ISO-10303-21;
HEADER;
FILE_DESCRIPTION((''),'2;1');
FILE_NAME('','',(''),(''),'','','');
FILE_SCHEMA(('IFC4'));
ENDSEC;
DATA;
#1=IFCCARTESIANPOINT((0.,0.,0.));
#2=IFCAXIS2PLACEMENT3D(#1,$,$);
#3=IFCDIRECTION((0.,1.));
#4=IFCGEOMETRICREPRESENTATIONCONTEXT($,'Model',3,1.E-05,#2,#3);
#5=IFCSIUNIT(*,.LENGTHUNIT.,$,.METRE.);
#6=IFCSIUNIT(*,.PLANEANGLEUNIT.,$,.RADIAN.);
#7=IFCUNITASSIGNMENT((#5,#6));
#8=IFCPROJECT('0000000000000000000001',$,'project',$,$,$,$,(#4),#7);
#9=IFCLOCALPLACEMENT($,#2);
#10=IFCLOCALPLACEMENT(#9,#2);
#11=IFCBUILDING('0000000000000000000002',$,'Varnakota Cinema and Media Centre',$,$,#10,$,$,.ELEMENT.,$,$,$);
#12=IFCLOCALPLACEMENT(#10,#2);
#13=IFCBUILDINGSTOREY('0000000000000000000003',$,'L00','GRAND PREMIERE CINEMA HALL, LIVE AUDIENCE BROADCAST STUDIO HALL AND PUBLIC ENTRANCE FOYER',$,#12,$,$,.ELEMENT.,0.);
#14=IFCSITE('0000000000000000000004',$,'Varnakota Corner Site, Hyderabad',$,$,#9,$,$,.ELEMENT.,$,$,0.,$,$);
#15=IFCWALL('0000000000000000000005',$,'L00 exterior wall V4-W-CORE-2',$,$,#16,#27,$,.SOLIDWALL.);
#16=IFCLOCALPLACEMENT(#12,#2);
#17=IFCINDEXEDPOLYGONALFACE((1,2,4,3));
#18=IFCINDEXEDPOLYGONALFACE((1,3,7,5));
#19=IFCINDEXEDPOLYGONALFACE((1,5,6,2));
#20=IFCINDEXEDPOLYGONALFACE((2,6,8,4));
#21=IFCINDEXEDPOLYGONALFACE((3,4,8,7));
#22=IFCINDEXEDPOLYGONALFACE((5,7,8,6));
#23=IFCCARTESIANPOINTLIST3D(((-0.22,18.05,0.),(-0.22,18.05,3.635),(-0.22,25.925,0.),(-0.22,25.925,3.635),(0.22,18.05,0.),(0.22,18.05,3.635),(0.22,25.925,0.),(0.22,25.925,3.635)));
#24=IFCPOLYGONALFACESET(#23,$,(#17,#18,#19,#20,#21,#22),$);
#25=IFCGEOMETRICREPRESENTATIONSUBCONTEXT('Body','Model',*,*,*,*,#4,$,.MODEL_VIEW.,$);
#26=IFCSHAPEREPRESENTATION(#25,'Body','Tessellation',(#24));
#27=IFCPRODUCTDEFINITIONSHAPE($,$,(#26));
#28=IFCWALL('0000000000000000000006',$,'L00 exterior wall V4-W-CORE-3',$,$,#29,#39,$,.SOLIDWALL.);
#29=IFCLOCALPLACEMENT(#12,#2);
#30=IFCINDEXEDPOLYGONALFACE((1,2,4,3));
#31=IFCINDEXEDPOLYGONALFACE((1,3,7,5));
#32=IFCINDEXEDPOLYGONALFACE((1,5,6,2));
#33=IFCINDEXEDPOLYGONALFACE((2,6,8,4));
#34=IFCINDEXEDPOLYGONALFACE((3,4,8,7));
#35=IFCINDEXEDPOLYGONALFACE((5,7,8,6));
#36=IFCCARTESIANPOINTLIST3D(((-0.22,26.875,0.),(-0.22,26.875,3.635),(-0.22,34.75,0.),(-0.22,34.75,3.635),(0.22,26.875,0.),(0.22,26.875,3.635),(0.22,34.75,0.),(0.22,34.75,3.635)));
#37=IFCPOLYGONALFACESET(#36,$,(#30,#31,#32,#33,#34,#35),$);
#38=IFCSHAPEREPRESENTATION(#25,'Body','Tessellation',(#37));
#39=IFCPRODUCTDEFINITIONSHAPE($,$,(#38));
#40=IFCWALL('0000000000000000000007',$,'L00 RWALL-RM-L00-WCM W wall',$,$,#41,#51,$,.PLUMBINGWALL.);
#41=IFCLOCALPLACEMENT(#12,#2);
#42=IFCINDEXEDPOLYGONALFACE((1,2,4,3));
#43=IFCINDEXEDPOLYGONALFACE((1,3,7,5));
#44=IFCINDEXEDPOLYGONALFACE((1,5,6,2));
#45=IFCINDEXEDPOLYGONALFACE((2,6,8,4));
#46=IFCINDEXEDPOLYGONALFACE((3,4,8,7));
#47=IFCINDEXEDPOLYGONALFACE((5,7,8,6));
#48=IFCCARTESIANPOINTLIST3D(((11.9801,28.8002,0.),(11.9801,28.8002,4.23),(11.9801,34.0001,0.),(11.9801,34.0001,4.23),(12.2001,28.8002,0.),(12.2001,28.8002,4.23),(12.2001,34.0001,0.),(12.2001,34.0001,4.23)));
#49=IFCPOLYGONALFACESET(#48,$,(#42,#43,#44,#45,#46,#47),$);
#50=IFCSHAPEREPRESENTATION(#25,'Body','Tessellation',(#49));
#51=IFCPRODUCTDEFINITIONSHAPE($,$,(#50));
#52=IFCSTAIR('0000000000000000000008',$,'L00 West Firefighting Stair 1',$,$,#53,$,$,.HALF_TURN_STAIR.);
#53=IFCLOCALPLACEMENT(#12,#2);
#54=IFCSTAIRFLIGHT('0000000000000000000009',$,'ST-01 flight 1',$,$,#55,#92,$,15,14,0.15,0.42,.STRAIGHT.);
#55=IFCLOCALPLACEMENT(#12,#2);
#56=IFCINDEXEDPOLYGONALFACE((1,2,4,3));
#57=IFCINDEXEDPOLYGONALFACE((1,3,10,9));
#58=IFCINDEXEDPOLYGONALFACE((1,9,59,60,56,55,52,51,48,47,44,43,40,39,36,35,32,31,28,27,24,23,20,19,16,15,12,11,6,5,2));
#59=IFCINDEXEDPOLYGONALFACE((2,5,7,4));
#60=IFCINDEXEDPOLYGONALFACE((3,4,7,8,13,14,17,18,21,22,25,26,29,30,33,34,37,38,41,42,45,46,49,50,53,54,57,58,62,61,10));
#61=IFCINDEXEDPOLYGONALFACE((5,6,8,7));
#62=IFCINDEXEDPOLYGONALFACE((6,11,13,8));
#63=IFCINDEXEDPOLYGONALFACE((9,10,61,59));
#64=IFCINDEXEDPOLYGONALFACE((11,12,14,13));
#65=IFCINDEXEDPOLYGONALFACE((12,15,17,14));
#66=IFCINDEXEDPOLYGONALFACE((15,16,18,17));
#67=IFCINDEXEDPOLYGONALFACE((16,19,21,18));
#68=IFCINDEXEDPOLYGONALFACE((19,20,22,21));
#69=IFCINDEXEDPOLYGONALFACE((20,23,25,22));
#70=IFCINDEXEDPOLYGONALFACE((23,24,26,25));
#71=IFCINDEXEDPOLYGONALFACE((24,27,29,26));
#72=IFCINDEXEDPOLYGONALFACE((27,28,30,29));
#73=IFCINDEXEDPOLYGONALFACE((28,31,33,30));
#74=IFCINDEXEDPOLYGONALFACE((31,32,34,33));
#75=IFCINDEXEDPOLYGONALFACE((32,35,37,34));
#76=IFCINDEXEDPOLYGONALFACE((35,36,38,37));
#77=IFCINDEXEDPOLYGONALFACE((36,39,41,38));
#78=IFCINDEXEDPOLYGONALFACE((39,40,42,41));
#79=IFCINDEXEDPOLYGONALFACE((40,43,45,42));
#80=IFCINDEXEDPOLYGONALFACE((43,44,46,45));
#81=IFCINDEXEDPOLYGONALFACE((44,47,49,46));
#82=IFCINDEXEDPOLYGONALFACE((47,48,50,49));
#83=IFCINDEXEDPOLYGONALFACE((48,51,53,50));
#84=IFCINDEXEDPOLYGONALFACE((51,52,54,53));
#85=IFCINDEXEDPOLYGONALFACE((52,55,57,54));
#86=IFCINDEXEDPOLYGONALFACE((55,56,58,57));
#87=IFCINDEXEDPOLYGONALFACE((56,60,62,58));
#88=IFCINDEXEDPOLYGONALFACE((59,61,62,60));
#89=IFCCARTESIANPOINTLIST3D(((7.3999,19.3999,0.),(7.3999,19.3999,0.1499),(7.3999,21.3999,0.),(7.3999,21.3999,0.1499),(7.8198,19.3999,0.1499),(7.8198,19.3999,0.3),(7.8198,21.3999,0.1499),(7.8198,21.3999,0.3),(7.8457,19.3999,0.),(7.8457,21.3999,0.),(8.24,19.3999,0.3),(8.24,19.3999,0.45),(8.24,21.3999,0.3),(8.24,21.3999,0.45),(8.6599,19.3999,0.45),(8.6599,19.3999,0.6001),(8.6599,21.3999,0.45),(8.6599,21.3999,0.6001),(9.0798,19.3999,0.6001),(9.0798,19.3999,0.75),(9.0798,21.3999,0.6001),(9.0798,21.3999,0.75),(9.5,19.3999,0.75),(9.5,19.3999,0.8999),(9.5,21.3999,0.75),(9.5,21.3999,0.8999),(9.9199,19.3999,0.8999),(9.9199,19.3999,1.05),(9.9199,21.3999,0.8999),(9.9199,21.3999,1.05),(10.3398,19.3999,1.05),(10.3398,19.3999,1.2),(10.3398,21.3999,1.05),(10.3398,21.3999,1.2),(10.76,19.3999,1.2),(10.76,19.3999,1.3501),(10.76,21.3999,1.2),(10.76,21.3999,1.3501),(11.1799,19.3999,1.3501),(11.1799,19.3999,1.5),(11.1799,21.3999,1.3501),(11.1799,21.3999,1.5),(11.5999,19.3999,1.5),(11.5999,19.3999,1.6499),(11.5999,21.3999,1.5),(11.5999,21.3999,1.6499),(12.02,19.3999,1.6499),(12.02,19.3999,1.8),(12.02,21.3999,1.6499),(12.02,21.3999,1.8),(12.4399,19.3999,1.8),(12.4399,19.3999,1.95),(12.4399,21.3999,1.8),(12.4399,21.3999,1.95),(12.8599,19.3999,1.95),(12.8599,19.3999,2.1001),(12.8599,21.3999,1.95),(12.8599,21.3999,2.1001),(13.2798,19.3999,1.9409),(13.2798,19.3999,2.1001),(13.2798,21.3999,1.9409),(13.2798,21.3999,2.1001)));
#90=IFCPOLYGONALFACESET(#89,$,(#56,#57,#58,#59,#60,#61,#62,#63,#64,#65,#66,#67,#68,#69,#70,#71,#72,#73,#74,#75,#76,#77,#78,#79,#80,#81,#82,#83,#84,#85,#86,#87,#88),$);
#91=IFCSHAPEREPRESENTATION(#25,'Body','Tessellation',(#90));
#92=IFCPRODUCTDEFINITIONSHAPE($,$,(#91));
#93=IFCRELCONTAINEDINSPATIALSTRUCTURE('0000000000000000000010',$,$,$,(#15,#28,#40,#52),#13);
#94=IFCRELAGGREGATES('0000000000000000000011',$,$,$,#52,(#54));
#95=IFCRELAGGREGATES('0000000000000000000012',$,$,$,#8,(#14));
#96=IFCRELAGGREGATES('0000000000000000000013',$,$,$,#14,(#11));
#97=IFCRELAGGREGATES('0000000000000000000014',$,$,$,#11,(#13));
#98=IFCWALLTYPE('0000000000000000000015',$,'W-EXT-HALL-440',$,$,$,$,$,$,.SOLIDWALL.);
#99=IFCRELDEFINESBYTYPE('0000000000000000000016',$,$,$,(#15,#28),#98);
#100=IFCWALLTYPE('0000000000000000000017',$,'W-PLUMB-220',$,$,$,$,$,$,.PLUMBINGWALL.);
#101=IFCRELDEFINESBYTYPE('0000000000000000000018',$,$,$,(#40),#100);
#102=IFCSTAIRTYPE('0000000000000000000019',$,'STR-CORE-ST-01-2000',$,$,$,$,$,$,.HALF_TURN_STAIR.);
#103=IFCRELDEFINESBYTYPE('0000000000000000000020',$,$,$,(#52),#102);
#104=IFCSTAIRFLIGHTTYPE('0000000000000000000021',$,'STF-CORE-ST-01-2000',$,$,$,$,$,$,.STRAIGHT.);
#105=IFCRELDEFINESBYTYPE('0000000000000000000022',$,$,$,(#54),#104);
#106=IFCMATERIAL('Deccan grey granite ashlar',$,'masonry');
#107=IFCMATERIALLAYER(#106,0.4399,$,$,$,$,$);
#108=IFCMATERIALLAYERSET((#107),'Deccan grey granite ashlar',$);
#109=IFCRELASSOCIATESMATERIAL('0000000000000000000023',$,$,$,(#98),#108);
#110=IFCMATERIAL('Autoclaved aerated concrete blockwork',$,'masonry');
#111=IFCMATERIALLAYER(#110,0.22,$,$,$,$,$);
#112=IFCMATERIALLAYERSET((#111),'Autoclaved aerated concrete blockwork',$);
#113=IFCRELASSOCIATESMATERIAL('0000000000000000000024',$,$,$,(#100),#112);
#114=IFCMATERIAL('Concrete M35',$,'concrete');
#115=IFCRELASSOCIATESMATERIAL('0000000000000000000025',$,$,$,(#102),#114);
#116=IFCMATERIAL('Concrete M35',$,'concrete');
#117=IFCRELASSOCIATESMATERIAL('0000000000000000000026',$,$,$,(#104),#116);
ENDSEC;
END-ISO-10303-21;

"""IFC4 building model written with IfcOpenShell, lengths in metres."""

from ifc_helpers import new_model, si_unit, direction, frame, frame_2d, origin, place, context, subcontext, project, spatial, polyline, rectangle, outline, extrude, material, layer, layer_set, type_object, element, aggregate, save


model = new_model("IFC4")

# Units and contexts
model_context = context("Model", 3, precision=1e-05, world=origin(), true_north=direction((0.0, 1.0)))
body_context = subcontext(model_context, "Body", "Model", "MODEL_VIEW")
ifc_project = project(units=[si_unit("LENGTHUNIT", "METRE"), si_unit("PLANEANGLEUNIT", "RADIAN")], contexts=[model_context])

# Site, building, storey
site_placement = place(None, origin())
site = spatial("IfcSite", under=ifc_project, at=site_placement, Name="Varnakota Corner Site, Hyderabad", CompositionType="ELEMENT", RefElevation=0.0)
building_placement = place(site_placement, origin())
building = spatial("IfcBuilding", under=site, at=building_placement, Name="Varnakota Cinema and Media Centre", CompositionType="ELEMENT")
storey_placement = place(building_placement, origin())
storey = spatial("IfcBuildingStorey", under=building, at=storey_placement, Name="L00", Description="GRAND PREMIERE CINEMA HALL, LIVE AUDIENCE BROADCAST STUDIO HALL AND PUBLIC ENTRANCE FOYER", CompositionType="ELEMENT", Elevation=0.0)

# Walls
ifc_material_1 = material(Name="Deccan grey granite ashlar", Category="masonry")
ifc_layer_1 = layer(ifc_material_1, 0.4399)
ifc_layer_set_1 = layer_set([ifc_layer_1], Name="Deccan grey granite ashlar")
wall_type_1 = type_object("IfcWallType", Name="W-EXT-HALL-440", PredefinedType="SOLIDWALL", material=ifc_layer_set_1)
for number, where, z_axis, x_axis, name in (
    (1, (0.0, 18.05, 0.0), (0.0, 0.0, 1.0), (0.0, 1.0, 0.0), "L00 exterior wall V4-W-CORE-2"),
    (2, (0.0, 26.875, 0.0), (0.0, 0.0, 1.0), (0.0, 1.0, 0.0), "L00 exterior wall V4-W-CORE-3"),
):
    element("IfcWall", number, at=place(storey_placement, frame(where, z_axis=z_axis, x_axis=x_axis)), inside=storey, type_object=wall_type_1, Name=name, PredefinedType="SOLIDWALL", context=body_context, shape_type="SweptSolid", body=[
        extrude(rectangle(XDim=7.875, YDim=0.4399, at=frame_2d((3.9375, 0.0))), origin(), (0.0, 0.0, 1.0), 3.635),
    ])
ifc_material_2 = material(Name="Autoclaved aerated concrete blockwork", Category="masonry")
ifc_layer_2 = layer(ifc_material_2, 0.22)
ifc_layer_set_2 = layer_set([ifc_layer_2], Name="Autoclaved aerated concrete blockwork")
wall_type_2 = type_object("IfcWallType", Name="W-PLUMB-220", PredefinedType="PLUMBINGWALL", material=ifc_layer_set_2)
wall_1_placement = place(storey_placement, frame((12.0901, 28.8, 0.0), z_axis=(0.0, 0.0, 1.0), x_axis=(0.0, 1.0, 0.0)))
element("IfcWall", 3, at=wall_1_placement, inside=storey, type_object=wall_type_2, Name="L00 RWALL-RM-L00-WCM W wall", PredefinedType="PLUMBINGWALL", context=body_context, shape_type="SweptSolid", body=[
    extrude(rectangle(XDim=5.2, YDim=0.22, at=frame_2d((2.6001, 0.0))), origin(), (0.0, 0.0, 1.0), 4.23),
])

# Stair, stair flight
ifc_material_3 = material(Name="Concrete M35", Category="concrete")
stair_type = type_object("IfcStairType", Name="STR-CORE-ST-01-2000", PredefinedType="HALF_TURN_STAIR", material=ifc_material_3)
stair_placement = place(storey_placement, origin())
stair = element("IfcStair", 4, at=stair_placement, inside=storey, type_object=stair_type, Name="L00 West Firefighting Stair 1", PredefinedType="HALF_TURN_STAIR")
ifc_material_4 = material(Name="Concrete M35", Category="concrete")
stair_flight_type = type_object("IfcStairFlightType", Name="STF-CORE-ST-01-2000", PredefinedType="STRAIGHT", material=ifc_material_4)
stair_flight_placement = place(storey_placement, frame((7.3999, 20.3999, 0.0), z_axis=(0.0, 0.0, 1.0), x_axis=(1.0, 0.0, 0.0)))
stair_flight = element("IfcStairFlight", 5, at=stair_flight_placement, type_object=stair_flight_type, Name="ST-01 flight 1", NumberOfRisers=15, NumberOfTreads=14, PredefinedType="STRAIGHT", RiserHeight=0.15, TreadLength=0.42, context=body_context, shape_type="SweptSolid", body=[
    extrude(outline(polyline([(0.0, 0.0), (0.0, 0.1499), (0.4199, 0.1499), (0.4199, 0.3), (0.8401, 0.3), (0.8401, 0.45), (1.26, 0.45), (1.26, 0.6001), (1.6799, 0.6001), (1.6799, 0.75), (2.1001, 0.75), (2.1001, 0.8999), (2.52, 0.8999), (2.52, 1.05), (2.9399, 1.05), (2.9399, 1.2), (3.3601, 1.2), (3.3601, 1.3501), (3.78, 1.3501), (3.78, 1.5), (4.2, 1.5), (4.2, 1.6499), (4.6201, 1.6499), (4.6201, 1.8), (5.04, 1.8), (5.04, 1.95), (5.46, 1.95), (5.46, 2.1001), (5.8799, 2.1001), (5.8799, 2.25), (5.8799, 1.9409), (0.4458, 0.0), (0.0, 0.0)])), frame((0.0, 1.0, 0.0), z_axis=(0.0, -1.0, 0.0), x_axis=(1.0, 0.0, 0.0)), (0.0, 0.0, 1.0), 2.0),
])
aggregate(stair, [stair_flight])

save(model, "model.ifc")
